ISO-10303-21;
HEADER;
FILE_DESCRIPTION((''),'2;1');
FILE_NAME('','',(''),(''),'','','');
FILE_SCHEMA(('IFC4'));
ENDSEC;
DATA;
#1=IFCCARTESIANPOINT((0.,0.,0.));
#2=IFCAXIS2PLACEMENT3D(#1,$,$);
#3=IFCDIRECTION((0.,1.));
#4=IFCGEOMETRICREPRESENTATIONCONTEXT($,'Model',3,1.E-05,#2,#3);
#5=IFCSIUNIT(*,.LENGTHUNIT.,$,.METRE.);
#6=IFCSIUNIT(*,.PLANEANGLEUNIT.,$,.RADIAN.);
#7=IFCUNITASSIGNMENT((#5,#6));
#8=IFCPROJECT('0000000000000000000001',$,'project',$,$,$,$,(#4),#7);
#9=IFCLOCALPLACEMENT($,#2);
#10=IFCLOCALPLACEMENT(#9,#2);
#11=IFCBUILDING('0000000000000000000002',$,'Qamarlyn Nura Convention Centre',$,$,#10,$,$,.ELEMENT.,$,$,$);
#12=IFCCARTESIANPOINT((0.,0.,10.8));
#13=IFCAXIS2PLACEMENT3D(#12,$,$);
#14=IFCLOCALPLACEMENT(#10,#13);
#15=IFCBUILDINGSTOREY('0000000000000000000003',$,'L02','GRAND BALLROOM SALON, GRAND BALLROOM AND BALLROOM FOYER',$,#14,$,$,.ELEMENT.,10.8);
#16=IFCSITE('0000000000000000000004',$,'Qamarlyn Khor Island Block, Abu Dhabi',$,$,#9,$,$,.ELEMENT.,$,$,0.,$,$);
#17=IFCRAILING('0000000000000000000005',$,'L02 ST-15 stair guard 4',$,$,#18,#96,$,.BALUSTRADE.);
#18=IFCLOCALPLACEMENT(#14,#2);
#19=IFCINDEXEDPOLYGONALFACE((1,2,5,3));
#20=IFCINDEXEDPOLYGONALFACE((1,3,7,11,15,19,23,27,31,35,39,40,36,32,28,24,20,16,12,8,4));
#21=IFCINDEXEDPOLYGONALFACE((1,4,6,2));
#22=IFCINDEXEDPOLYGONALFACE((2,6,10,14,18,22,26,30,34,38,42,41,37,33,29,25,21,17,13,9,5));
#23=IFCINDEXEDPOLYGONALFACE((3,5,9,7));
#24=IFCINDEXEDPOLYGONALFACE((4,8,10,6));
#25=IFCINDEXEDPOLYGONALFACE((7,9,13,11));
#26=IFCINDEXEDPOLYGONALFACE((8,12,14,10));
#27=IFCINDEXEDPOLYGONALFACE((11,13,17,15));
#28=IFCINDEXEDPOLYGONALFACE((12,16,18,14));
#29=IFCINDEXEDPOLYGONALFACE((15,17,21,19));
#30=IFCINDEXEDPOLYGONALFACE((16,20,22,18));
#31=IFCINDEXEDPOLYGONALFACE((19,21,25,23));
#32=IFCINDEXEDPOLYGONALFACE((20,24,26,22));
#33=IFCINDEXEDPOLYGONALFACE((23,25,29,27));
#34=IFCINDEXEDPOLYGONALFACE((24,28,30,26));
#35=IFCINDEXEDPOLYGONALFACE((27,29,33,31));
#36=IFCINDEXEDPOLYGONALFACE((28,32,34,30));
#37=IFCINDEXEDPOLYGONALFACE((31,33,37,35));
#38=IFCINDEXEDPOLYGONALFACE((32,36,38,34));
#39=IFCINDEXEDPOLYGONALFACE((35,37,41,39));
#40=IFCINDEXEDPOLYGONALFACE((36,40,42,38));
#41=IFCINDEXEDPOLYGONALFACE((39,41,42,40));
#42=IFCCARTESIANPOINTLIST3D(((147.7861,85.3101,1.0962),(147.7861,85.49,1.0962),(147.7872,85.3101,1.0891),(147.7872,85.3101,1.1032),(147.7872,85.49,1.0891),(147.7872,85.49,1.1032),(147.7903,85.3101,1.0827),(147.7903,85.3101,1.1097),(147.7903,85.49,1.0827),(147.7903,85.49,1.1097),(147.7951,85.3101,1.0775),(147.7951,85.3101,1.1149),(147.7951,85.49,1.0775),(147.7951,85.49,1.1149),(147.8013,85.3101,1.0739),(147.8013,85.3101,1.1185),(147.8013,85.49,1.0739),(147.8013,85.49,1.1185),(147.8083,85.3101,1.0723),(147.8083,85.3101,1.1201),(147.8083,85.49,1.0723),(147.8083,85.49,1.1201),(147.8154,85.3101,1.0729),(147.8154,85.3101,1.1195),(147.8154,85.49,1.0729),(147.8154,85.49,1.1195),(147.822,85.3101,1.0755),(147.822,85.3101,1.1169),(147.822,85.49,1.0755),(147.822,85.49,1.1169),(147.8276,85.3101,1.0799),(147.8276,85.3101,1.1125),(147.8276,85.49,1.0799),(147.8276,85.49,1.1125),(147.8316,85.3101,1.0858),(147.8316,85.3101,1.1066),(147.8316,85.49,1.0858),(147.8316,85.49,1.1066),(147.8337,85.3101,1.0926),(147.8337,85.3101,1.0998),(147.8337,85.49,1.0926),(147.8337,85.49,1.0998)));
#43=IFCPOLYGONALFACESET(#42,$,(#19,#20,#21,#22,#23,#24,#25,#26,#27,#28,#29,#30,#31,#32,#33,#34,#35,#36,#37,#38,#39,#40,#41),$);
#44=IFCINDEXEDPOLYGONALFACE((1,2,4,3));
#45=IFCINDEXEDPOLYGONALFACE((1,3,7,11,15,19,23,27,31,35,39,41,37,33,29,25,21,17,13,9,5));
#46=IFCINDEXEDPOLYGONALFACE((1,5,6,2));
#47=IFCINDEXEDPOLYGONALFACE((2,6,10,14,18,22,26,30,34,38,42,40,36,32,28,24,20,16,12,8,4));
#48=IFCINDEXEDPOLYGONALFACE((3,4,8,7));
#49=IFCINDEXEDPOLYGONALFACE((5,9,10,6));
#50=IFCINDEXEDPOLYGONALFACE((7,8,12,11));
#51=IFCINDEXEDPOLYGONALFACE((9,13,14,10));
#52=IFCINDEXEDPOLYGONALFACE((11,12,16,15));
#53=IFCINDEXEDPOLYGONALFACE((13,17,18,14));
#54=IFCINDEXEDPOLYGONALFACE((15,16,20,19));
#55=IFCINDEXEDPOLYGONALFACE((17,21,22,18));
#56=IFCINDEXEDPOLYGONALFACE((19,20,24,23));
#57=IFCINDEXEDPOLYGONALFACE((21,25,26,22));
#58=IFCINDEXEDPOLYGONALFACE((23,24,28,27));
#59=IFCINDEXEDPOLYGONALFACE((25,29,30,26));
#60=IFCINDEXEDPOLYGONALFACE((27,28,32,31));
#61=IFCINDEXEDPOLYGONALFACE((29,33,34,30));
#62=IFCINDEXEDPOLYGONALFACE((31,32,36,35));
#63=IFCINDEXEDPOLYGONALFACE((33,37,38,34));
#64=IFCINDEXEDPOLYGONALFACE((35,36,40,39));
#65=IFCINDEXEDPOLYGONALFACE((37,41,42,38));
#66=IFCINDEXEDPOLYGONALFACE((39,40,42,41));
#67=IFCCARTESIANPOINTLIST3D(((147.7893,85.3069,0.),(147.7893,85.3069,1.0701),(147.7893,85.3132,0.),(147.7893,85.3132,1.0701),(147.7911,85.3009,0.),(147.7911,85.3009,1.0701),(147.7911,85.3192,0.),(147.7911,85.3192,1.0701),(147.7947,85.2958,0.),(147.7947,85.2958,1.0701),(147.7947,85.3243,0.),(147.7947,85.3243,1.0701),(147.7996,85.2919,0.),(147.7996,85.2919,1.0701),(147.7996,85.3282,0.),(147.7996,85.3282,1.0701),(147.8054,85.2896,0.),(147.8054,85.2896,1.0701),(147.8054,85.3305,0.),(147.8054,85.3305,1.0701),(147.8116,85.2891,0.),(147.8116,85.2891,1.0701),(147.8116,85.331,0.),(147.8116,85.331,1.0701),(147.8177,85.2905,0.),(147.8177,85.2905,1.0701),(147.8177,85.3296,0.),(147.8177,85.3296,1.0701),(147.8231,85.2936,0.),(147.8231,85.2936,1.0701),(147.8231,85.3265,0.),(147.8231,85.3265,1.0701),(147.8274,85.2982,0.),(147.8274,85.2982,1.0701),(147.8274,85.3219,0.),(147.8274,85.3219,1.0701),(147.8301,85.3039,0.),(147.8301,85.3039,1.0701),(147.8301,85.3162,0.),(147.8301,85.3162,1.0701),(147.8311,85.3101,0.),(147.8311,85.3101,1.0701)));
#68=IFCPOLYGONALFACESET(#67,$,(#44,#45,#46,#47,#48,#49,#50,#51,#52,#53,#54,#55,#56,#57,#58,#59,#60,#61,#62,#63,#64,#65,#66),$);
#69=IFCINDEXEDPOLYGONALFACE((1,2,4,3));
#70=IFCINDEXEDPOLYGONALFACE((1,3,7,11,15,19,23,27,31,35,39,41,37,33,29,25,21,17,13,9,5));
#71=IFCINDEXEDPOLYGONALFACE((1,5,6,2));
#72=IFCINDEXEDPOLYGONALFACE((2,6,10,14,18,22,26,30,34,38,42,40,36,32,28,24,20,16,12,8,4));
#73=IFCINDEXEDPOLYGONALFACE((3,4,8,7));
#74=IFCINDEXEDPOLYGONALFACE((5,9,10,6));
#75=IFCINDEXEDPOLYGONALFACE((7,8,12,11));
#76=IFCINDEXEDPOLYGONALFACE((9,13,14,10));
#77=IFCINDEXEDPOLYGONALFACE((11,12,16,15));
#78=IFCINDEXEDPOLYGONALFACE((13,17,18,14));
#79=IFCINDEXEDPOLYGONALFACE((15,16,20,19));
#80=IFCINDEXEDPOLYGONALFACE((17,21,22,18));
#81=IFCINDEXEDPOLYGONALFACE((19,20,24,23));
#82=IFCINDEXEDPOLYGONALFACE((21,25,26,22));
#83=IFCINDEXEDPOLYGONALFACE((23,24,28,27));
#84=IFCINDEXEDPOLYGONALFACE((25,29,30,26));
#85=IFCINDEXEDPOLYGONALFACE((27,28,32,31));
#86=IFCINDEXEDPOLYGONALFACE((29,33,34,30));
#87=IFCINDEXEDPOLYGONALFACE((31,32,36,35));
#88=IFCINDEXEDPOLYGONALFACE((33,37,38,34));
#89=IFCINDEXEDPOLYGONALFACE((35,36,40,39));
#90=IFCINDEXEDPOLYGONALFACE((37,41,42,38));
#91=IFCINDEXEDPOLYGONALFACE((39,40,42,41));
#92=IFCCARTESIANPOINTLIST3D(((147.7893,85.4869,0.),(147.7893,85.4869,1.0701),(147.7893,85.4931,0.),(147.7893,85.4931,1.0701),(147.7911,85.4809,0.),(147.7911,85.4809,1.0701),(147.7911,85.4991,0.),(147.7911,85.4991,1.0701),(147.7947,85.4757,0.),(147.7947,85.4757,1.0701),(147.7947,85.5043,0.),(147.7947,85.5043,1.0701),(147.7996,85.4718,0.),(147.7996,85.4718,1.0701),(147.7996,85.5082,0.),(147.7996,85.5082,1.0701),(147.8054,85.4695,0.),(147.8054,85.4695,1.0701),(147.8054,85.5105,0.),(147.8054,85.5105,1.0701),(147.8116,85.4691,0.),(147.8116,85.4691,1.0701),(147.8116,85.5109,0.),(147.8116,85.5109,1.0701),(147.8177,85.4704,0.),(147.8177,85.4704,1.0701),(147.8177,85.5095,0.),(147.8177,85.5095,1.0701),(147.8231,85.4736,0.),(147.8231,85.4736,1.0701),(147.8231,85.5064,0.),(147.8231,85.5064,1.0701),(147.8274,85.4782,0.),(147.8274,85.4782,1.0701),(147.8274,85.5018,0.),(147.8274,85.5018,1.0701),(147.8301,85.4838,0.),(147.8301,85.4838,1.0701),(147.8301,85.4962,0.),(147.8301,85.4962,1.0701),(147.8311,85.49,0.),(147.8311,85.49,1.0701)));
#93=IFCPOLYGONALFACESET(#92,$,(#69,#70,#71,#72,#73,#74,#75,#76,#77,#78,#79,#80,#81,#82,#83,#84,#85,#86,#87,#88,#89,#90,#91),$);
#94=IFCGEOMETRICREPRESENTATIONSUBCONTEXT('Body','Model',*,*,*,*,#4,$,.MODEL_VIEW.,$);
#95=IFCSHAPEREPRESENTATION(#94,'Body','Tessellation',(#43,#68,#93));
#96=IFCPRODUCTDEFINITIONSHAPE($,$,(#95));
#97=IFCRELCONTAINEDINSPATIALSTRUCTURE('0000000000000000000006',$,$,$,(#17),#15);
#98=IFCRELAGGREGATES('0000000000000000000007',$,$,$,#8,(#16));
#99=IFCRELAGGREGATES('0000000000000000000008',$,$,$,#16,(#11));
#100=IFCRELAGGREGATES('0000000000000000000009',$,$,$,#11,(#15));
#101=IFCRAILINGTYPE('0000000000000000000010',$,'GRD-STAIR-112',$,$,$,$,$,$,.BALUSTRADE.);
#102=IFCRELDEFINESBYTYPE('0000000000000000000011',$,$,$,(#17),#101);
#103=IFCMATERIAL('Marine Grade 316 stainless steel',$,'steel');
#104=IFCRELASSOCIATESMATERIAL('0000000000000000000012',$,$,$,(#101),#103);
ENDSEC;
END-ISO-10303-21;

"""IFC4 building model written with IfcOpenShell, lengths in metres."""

from ifc_helpers import new_model, si_unit, direction, frame, origin, origin_2d, place, context, subcontext, project, spatial, circle, extrude, material, type_object, element, save


model = new_model("IFC4")

# Units and contexts
model_context = context("Model", 3, precision=1e-05, world=origin(), true_north=direction((0.0, 1.0)))
body_context = subcontext(model_context, "Body", "Model", "MODEL_VIEW")
ifc_project = project(units=[si_unit("LENGTHUNIT", "METRE"), si_unit("PLANEANGLEUNIT", "RADIAN")], contexts=[model_context])

# Site, building, storey
site_placement = place(None, origin())
site = spatial("IfcSite", under=ifc_project, at=site_placement, Name="Qamarlyn Khor Island Block, Abu Dhabi", CompositionType="ELEMENT", RefElevation=0.0)
building_placement = place(site_placement, origin())
building = spatial("IfcBuilding", under=site, at=building_placement, Name="Qamarlyn Nura Convention Centre", CompositionType="ELEMENT")
storey_placement = place(building_placement, frame((0.0, 0.0, 10.8)))
storey = spatial("IfcBuildingStorey", under=building, at=storey_placement, Name="L02", Description="GRAND BALLROOM SALON, GRAND BALLROOM AND BALLROOM FOYER", CompositionType="ELEMENT", Elevation=10.8)

# Railing
ifc_material_1 = material(Name="Marine Grade 316 stainless steel", Category="steel")
railing_type_1 = type_object("IfcRailingType", Name="GRD-STAIR-112", PredefinedType="BALUSTRADE", material=ifc_material_1)
railing_1_placement = place(storey_placement, frame((147.8101, 85.3101, 0.0)))
element("IfcRailing", 1, at=railing_1_placement, inside=storey, type_object=railing_type_1, Name="L02 ST-15 stair guard 4", PredefinedType="BALUSTRADE", context=body_context, shape_type="SweptSolid", body=[
    extrude(circle(Radius=0.0239, at=origin_2d()), frame((0.0, 0.0, 1.0962), z_axis=(0.0, 1.0, 0.0), x_axis=(-1.0, 0.0, 0.0)), (0.0, 0.0, 1.0), 0.1799),
    extrude(circle(Radius=0.021, at=origin_2d()), origin(), (0.0, 0.0, 1.0), 1.0701),
    extrude(circle(Radius=0.021, at=origin_2d()), frame((0.0, 0.1799, 0.0)), (0.0, 0.0, 1.0), 1.0701),
])

save(model, "model.ifc")
